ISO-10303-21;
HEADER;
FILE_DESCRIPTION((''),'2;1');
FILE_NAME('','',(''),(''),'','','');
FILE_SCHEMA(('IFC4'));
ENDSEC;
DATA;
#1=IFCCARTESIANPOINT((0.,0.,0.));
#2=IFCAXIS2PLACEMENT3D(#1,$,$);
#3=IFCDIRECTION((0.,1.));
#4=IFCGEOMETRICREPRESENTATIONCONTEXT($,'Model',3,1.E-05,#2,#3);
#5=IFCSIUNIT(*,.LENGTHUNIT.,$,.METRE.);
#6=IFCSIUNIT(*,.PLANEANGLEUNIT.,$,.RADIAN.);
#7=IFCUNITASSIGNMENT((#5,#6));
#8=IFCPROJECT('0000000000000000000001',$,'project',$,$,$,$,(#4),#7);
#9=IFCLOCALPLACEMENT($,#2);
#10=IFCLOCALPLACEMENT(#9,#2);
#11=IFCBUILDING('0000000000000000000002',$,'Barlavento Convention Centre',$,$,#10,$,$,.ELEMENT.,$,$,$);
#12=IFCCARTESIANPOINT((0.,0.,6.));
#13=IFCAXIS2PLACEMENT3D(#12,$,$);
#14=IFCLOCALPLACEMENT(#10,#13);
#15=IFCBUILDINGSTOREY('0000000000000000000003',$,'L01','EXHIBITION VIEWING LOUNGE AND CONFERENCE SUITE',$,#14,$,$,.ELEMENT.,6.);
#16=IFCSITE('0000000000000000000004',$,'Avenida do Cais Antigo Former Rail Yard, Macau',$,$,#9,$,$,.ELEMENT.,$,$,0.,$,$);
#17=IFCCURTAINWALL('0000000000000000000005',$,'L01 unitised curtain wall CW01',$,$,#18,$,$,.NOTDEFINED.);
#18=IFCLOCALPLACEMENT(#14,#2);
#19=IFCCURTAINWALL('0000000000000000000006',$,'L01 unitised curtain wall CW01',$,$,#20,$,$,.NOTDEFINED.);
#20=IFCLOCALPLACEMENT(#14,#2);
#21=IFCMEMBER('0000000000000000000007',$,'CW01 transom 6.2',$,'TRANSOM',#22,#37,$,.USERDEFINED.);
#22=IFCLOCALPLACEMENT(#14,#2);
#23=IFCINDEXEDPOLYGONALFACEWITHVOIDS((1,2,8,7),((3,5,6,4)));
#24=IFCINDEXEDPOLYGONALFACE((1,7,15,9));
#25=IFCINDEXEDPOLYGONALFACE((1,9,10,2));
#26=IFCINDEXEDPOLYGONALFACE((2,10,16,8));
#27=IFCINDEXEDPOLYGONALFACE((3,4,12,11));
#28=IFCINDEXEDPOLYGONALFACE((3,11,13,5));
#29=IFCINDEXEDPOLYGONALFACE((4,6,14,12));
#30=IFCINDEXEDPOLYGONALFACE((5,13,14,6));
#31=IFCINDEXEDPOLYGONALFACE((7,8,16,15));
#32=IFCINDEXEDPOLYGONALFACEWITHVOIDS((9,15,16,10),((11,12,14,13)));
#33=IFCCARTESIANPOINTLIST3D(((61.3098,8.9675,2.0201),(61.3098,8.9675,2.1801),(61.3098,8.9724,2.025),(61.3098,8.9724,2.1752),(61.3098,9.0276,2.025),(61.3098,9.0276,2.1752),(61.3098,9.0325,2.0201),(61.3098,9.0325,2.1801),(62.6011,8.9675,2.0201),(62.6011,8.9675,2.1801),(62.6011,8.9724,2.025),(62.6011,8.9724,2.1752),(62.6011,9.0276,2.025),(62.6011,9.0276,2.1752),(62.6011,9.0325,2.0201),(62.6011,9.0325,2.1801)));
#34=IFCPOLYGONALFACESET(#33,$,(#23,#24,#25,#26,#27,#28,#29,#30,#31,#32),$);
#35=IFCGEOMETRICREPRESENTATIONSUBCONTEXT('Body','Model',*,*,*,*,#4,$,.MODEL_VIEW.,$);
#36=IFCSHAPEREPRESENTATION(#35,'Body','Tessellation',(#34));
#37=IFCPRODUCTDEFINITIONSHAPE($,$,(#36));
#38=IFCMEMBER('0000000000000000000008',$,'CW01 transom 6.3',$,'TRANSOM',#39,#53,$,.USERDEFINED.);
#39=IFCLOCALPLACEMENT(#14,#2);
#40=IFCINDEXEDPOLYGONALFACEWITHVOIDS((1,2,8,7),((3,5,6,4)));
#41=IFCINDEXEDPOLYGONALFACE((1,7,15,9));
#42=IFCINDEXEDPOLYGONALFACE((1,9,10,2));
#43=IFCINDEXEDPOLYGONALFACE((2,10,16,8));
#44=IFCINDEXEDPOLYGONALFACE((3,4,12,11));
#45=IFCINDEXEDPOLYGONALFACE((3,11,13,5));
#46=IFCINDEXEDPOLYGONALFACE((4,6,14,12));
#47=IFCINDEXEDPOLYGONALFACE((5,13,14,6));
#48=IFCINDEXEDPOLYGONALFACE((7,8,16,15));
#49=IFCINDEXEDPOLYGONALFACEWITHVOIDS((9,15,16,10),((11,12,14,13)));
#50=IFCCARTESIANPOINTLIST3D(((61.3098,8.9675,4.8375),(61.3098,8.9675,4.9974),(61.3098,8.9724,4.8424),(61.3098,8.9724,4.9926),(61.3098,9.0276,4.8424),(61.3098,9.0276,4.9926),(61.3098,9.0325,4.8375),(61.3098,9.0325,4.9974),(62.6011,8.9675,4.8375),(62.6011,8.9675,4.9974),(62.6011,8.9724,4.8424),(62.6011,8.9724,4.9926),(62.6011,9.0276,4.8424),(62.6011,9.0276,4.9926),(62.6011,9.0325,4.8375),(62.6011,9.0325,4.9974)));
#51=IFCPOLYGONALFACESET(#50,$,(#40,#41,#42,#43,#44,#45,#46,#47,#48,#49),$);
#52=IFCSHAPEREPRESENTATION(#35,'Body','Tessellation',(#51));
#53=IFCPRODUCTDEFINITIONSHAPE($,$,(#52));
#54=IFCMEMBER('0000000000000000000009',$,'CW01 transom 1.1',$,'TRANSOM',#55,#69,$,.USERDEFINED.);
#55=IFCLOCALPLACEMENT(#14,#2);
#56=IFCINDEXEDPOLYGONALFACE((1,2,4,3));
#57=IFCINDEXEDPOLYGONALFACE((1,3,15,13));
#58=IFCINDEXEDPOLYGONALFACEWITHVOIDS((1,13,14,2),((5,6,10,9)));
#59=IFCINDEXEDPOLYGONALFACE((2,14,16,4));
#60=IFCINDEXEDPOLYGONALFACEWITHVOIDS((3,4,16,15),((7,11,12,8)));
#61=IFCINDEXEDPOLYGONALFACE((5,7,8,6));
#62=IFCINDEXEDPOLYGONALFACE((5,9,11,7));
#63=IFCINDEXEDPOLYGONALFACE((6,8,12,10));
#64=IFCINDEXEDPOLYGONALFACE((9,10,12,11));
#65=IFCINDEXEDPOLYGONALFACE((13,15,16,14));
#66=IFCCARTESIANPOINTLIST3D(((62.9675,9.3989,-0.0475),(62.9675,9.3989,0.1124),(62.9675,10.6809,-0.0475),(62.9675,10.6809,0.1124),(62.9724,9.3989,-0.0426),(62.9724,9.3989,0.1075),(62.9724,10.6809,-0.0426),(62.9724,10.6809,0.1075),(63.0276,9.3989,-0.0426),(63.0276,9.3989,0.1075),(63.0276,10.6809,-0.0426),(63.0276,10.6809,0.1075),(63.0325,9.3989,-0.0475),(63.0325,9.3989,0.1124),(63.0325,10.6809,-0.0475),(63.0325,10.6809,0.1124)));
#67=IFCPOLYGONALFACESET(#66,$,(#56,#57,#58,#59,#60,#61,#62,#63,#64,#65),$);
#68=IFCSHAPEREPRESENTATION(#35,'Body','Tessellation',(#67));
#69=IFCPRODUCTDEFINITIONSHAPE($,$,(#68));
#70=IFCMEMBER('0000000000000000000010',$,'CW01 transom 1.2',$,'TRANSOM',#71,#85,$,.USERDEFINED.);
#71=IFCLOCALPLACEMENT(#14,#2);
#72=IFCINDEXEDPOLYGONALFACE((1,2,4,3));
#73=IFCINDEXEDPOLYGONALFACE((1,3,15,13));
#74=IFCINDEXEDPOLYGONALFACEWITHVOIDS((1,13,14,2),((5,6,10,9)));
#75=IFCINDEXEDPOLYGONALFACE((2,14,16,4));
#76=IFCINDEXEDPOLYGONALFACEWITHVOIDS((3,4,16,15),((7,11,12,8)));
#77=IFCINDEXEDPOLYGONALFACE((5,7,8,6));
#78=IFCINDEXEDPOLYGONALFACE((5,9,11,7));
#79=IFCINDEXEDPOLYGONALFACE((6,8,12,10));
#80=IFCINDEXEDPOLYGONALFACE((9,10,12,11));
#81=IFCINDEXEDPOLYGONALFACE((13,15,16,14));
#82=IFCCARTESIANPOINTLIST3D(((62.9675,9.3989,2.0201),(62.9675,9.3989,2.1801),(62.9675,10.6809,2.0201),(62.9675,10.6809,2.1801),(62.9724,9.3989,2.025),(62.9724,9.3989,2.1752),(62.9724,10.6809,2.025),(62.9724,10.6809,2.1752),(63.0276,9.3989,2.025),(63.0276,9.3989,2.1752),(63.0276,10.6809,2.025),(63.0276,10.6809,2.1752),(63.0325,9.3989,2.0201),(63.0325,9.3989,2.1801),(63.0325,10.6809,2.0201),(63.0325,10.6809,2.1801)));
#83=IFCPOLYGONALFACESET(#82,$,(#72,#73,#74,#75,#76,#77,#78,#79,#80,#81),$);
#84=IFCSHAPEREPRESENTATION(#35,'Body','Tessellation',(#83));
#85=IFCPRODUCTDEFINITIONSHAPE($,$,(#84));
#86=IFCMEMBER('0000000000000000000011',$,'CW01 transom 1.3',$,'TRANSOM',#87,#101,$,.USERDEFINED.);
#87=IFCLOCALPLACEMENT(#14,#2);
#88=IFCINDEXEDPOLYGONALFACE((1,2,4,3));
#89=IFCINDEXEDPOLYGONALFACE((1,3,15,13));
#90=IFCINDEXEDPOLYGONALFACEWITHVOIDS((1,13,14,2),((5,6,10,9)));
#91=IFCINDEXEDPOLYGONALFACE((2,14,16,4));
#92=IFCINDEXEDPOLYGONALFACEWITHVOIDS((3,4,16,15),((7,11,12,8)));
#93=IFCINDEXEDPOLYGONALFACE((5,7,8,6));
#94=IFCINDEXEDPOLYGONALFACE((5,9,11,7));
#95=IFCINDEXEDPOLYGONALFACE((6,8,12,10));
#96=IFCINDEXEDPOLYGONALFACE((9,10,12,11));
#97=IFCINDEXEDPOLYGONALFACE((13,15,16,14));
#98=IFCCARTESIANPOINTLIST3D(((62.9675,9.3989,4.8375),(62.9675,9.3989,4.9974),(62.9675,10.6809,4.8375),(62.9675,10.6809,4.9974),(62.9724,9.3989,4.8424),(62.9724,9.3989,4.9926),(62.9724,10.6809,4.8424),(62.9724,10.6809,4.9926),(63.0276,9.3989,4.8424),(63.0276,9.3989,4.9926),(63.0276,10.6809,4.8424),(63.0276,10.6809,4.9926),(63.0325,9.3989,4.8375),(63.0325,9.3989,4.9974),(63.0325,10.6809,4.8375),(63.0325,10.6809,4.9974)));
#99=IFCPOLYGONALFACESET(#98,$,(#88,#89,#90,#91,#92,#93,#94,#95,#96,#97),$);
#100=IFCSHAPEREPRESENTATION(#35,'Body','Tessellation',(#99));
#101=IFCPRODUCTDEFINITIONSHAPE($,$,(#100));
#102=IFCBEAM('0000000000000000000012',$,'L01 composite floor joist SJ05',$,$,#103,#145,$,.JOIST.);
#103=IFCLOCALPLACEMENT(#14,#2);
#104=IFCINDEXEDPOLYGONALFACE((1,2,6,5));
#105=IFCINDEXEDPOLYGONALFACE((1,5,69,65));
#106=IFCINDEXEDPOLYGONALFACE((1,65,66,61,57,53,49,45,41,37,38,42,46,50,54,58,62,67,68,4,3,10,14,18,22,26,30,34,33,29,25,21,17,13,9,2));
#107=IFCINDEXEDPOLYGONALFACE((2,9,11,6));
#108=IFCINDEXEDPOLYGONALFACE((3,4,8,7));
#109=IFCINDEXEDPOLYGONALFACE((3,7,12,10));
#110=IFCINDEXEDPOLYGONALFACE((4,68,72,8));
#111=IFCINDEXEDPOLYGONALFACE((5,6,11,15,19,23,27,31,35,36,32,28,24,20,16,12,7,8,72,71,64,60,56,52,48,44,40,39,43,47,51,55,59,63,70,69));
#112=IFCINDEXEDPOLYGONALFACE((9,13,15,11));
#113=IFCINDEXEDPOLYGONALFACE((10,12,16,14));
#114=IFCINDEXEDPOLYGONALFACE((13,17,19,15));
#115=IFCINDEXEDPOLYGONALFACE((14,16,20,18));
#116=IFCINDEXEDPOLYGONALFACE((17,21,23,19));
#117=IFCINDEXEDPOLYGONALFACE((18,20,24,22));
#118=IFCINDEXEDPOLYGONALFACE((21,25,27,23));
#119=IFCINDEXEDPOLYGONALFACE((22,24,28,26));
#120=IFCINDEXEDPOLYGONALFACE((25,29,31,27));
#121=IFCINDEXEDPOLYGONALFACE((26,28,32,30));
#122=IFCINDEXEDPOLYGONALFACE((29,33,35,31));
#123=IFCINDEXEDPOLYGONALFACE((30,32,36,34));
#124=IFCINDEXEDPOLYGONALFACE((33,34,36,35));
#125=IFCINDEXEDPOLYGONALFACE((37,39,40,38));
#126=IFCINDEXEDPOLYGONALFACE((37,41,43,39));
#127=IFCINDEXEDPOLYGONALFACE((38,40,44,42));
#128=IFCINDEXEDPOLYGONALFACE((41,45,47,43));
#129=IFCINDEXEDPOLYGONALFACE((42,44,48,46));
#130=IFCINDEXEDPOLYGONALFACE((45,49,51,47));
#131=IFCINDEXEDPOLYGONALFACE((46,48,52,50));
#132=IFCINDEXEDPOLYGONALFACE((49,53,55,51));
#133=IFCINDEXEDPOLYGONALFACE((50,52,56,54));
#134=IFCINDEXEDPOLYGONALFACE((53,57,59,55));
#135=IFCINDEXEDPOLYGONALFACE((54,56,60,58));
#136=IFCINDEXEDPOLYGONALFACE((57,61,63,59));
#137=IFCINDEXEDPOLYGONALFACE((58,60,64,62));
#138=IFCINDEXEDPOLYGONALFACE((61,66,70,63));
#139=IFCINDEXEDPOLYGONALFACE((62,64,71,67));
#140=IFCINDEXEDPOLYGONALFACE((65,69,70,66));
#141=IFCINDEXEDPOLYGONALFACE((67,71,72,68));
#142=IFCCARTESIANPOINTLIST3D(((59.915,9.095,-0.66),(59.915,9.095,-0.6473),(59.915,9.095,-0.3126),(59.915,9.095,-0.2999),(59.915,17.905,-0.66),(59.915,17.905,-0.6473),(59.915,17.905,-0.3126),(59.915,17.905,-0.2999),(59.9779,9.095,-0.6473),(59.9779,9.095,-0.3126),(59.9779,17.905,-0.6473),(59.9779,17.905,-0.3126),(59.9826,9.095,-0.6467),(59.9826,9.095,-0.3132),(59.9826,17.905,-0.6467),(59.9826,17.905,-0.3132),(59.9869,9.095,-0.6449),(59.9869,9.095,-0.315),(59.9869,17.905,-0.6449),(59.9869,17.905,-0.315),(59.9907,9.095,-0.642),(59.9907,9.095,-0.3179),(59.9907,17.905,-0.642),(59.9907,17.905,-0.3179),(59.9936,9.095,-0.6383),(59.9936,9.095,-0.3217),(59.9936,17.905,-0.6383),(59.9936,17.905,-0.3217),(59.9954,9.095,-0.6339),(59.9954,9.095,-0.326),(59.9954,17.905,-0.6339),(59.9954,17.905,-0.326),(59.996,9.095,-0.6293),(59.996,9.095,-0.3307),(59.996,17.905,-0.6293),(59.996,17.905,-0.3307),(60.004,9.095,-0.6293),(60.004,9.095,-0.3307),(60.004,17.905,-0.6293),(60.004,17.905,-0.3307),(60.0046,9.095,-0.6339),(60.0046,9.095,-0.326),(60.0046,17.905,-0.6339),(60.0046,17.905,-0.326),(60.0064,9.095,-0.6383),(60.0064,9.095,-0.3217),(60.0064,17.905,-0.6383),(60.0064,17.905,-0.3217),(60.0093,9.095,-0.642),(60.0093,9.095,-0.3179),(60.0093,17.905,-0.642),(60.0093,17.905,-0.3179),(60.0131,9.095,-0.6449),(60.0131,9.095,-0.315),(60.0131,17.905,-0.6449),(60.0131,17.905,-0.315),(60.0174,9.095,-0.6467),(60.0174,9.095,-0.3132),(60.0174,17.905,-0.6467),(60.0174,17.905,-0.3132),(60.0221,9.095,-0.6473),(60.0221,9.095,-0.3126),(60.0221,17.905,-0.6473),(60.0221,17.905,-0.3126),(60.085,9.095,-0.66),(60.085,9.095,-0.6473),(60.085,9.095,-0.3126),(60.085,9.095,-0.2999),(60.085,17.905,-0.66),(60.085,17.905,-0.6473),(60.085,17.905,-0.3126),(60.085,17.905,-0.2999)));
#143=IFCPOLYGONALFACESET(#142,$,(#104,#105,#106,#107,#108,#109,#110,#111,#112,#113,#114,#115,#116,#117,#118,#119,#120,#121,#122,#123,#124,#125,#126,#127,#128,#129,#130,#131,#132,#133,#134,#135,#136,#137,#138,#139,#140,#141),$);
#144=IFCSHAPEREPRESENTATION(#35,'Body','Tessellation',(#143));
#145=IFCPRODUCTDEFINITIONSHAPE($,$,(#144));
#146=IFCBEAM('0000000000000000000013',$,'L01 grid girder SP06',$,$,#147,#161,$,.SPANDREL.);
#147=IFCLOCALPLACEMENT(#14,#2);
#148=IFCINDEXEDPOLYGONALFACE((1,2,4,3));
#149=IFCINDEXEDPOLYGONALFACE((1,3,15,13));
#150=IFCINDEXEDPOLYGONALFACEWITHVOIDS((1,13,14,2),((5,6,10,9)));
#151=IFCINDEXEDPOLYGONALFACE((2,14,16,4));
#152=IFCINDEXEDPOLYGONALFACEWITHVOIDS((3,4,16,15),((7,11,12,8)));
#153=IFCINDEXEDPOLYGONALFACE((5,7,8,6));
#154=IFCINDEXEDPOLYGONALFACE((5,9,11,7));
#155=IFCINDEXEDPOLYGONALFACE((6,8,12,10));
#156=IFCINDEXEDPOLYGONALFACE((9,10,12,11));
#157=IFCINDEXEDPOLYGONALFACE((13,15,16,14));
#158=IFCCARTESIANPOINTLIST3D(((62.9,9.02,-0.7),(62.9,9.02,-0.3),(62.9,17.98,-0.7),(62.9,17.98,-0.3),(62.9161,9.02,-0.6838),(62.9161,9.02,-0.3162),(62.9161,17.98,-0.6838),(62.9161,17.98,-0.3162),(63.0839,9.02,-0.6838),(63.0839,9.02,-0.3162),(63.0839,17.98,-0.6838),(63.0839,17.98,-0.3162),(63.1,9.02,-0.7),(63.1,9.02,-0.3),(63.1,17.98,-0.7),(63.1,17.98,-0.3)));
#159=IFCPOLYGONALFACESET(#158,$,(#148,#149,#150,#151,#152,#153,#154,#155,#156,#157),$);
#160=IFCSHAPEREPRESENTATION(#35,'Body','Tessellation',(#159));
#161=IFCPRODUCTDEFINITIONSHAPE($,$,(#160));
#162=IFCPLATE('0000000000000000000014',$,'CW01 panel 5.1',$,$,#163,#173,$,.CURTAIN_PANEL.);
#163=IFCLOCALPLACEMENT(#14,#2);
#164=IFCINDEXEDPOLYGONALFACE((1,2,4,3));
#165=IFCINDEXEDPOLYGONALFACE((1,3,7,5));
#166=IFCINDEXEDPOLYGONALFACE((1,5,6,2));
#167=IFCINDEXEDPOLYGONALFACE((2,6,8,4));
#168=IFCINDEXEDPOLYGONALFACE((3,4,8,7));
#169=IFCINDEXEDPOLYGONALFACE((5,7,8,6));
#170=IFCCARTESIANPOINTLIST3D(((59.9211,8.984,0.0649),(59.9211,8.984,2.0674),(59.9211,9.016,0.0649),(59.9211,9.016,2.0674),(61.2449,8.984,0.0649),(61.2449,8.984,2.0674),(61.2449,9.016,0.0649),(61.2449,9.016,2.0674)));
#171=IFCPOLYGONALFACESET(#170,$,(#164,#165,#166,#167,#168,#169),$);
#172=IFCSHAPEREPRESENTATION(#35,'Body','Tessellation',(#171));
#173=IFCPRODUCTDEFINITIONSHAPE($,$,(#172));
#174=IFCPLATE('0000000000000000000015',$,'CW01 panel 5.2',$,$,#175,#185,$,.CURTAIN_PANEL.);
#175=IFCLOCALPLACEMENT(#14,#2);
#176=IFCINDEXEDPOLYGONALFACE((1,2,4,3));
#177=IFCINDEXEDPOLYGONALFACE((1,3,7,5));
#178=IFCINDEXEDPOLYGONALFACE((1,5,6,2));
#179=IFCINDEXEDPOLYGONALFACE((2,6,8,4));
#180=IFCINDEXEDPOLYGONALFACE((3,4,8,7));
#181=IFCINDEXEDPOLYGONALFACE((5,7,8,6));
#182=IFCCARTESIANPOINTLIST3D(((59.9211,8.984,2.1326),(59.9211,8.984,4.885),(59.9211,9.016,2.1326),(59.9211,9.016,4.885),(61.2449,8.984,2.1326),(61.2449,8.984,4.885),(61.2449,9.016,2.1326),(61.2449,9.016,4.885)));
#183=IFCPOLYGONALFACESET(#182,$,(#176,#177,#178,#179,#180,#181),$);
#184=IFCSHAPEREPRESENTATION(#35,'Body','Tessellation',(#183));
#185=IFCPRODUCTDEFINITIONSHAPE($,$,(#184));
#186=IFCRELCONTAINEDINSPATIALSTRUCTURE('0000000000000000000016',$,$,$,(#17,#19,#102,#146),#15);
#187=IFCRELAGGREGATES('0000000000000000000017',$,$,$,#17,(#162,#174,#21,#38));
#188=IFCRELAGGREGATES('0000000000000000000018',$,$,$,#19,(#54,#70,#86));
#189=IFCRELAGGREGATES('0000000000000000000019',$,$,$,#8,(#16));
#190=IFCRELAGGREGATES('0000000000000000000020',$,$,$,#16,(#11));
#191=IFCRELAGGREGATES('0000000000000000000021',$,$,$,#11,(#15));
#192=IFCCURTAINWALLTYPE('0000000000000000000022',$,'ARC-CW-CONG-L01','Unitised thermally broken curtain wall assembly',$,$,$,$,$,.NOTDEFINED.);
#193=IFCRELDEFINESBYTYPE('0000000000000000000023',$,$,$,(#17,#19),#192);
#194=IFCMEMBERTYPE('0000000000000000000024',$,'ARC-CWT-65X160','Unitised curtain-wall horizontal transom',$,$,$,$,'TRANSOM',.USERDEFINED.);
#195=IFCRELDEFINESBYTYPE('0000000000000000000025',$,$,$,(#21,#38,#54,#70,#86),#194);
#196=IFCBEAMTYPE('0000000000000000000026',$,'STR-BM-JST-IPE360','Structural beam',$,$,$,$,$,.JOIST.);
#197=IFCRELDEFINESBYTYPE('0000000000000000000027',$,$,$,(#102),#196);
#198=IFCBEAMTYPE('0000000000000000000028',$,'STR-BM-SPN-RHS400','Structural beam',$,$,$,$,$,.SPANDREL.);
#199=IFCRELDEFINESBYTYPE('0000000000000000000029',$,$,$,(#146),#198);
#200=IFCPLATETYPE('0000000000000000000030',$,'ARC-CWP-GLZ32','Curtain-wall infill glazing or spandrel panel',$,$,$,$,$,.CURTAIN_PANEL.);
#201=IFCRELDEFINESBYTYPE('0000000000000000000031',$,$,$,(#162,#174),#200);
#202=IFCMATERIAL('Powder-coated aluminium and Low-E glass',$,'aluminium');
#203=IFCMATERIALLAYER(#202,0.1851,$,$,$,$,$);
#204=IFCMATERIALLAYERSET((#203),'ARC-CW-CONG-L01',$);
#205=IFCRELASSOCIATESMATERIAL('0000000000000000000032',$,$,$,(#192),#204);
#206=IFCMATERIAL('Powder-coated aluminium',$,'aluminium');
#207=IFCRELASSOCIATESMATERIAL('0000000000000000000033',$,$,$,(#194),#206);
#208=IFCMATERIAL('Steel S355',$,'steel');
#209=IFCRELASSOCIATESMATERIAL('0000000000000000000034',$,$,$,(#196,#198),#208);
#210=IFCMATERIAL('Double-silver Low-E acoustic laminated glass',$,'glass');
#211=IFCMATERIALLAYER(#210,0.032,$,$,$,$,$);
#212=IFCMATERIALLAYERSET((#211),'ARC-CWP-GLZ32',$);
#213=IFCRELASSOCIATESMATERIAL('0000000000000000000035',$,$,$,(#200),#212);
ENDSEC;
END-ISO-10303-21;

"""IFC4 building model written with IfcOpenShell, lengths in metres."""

from ifc_helpers import new_model, si_unit, direction, frame, origin, origin_2d, place, context, subcontext, project, spatial, rectangle, hollow_rectangle, i_section, extrude, material, layer, layer_set, material_profile, profile_set, type_object, element, aggregate, save


model = new_model("IFC4")

# Units and contexts
model_context = context("Model", 3, precision=1e-05, world=origin(), true_north=direction((0.0, 1.0)))
body_context = subcontext(model_context, "Body", "Model", "MODEL_VIEW")
ifc_project = project(units=[si_unit("LENGTHUNIT", "METRE"), si_unit("PLANEANGLEUNIT", "RADIAN")], contexts=[model_context])

# Site, building, storey
site_placement = place(None, origin())
site = spatial("IfcSite", under=ifc_project, at=site_placement, Name="Avenida do Cais Antigo Former Rail Yard, Macau", CompositionType="ELEMENT", RefElevation=0.0)
building_placement = place(site_placement, origin())
building = spatial("IfcBuilding", under=site, at=building_placement, Name="Barlavento Convention Centre", CompositionType="ELEMENT")
storey_placement = place(building_placement, frame((0.0, 0.0, 6.0)))
storey = spatial("IfcBuildingStorey", under=building, at=storey_placement, Name="L01", Description="EXHIBITION VIEWING LOUNGE AND CONFERENCE SUITE", CompositionType="ELEMENT", Elevation=6.0)

# Curtain wall
ifc_material_1 = material(Name="Powder-coated aluminium and Low-E glass", Category="aluminium")
ifc_layer_1 = layer(ifc_material_1, 0.1851)
ifc_layer_set_1 = layer_set([ifc_layer_1], Name="ARC-CW-CONG-L01")
curtain_wall_type = type_object("IfcCurtainWallType", Name="ARC-CW-CONG-L01", Description="Unitised thermally broken curtain wall assembly", PredefinedType="NOTDEFINED", material=ifc_layer_set_1)
curtain_wall_1_placement = place(storey_placement, origin())
curtain_wall_1 = element("IfcCurtainWall", 1, at=curtain_wall_1_placement, inside=storey, type_object=curtain_wall_type, Name="L01 unitised curtain wall CW01", PredefinedType="NOTDEFINED")
ifc_material_2 = material(Name="Powder-coated aluminium", Category="aluminium")

# Curtain wall
curtain_wall_2_placement = place(storey_placement, origin())
curtain_wall_2 = element("IfcCurtainWall", 2, at=curtain_wall_2_placement, inside=storey, type_object=curtain_wall_type, Name="L01 unitised curtain wall CW01", PredefinedType="NOTDEFINED")

# Members
ifc_material_profile_1 = material_profile(ifc_material_2, hollow_rectangle(XDim=0.0649, YDim=0.1599, WallThickness=0.0049, at=origin_2d()), Name="AL-TRAN 65x160x5")
ifc_profile_set_1 = profile_set([ifc_material_profile_1], Name="Powder-coated aluminium")
member_type_1 = type_object("IfcMemberType", Name="ARC-CWT-65X160", Description="Unitised curtain-wall horizontal transom", ElementType="TRANSOM", PredefinedType="USERDEFINED", material=ifc_profile_set_1)
member_1_placement = place(storey_placement, frame((61.3098, 9.0, 2.1001), z_axis=(1.0, 0.0, 0.0), x_axis=(0.0, 1.0, 0.0)))
member_1 = element("IfcMember", 3, at=member_1_placement, type_object=member_type_1, Name="CW01 transom 6.2", ObjectType="TRANSOM", PredefinedType="USERDEFINED", context=body_context, shape_type="SweptSolid", body=[
    extrude(hollow_rectangle(XDim=0.0649, YDim=0.1599, WallThickness=0.0049, at=origin_2d()), origin(), (0.0, 0.0, 1.0), 1.2913),
])
member_2_placement = place(storey_placement, frame((61.3098, 9.0, 4.9175), z_axis=(1.0, 0.0, 0.0), x_axis=(0.0, 1.0, 0.0)))
member_2 = element("IfcMember", 4, at=member_2_placement, type_object=member_type_1, Name="CW01 transom 6.3", ObjectType="TRANSOM", PredefinedType="USERDEFINED", context=body_context, shape_type="SweptSolid", body=[
    extrude(hollow_rectangle(XDim=0.0649, YDim=0.1599, WallThickness=0.0049, at=origin_2d()), origin(), (0.0, 0.0, 1.0), 1.2913),
])
member_3_placement = place(storey_placement, frame((63.0, 9.3989, 0.0325), z_axis=(0.0, 1.0, 0.0), x_axis=(-1.0, 0.0, 0.0)))
member_3 = element("IfcMember", 5, at=member_3_placement, type_object=member_type_1, Name="CW01 transom 1.1", ObjectType="TRANSOM", PredefinedType="USERDEFINED", context=body_context, shape_type="SweptSolid", body=[
    extrude(hollow_rectangle(XDim=0.0649, YDim=0.1599, WallThickness=0.0049, at=origin_2d()), origin(), (0.0, 0.0, 1.0), 1.282),
])
member_4_placement = place(storey_placement, frame((63.0, 9.3989, 2.1001), z_axis=(0.0, 1.0, 0.0), x_axis=(-1.0, 0.0, 0.0)))
member_4 = element("IfcMember", 6, at=member_4_placement, type_object=member_type_1, Name="CW01 transom 1.2", ObjectType="TRANSOM", PredefinedType="USERDEFINED", context=body_context, shape_type="SweptSolid", body=[
    extrude(hollow_rectangle(XDim=0.0649, YDim=0.1599, WallThickness=0.0049, at=origin_2d()), origin(), (0.0, 0.0, 1.0), 1.282),
])
member_5_placement = place(storey_placement, frame((63.0, 9.3989, 4.9175), z_axis=(0.0, 1.0, 0.0), x_axis=(-1.0, 0.0, 0.0)))
member_5 = element("IfcMember", 7, at=member_5_placement, type_object=member_type_1, Name="CW01 transom 1.3", ObjectType="TRANSOM", PredefinedType="USERDEFINED", context=body_context, shape_type="SweptSolid", body=[
    extrude(hollow_rectangle(XDim=0.0649, YDim=0.1599, WallThickness=0.0049, at=origin_2d()), origin(), (0.0, 0.0, 1.0), 1.282),
])

# Beams
ifc_material_3 = material(Name="Steel S355", Category="steel")
ifc_material_profile_2 = material_profile(ifc_material_3, i_section(OverallWidth=0.1699, OverallDepth=0.3601, WebThickness=0.0081, FlangeThickness=0.0127, FilletRadius=0.0181, at=origin_2d()), Name="IPE 360")
ifc_profile_set_2 = profile_set([ifc_material_profile_2], Name="Steel S355")
beam_type_1 = type_object("IfcBeamType", Name="STR-BM-JST-IPE360", Description="Structural beam", PredefinedType="JOIST", material=ifc_profile_set_2)
beam_1_placement = place(storey_placement, frame((60.0, 9.095, -0.48), z_axis=(0.0, 1.0, 0.0), x_axis=(-1.0, 0.0, 0.0)))
element("IfcBeam", 8, at=beam_1_placement, inside=storey, type_object=beam_type_1, Name="L01 composite floor joist SJ05", PredefinedType="JOIST", context=body_context, shape_type="SweptSolid", body=[
    extrude(i_section(OverallWidth=0.1699, OverallDepth=0.3601, WebThickness=0.0081, FlangeThickness=0.0127, FilletRadius=0.0181, at=origin_2d()), origin(), (0.0, 0.0, 1.0), 8.8101),
])
ifc_material_profile_3 = material_profile(ifc_material_3, hollow_rectangle(XDim=0.2, YDim=0.3999, WallThickness=0.0161, at=origin_2d()), Name="RHS 400x200x16.0")
ifc_profile_set_3 = profile_set([ifc_material_profile_3], Name="Steel S355")
beam_type_2 = type_object("IfcBeamType", Name="STR-BM-SPN-RHS400", Description="Structural beam", PredefinedType="SPANDREL", material=ifc_profile_set_3)
beam_2_placement = place(storey_placement, frame((63.0, 9.02, -0.5), z_axis=(0.0, 1.0, 0.0), x_axis=(-1.0, 0.0, 0.0)))
element("IfcBeam", 9, at=beam_2_placement, inside=storey, type_object=beam_type_2, Name="L01 grid girder SP06", PredefinedType="SPANDREL", context=body_context, shape_type="SweptSolid", body=[
    extrude(hollow_rectangle(XDim=0.2, YDim=0.3999, WallThickness=0.0161, at=origin_2d()), origin(), (0.0, 0.0, 1.0), 8.96),
])

# Plates
ifc_material_4 = material(Name="Double-silver Low-E acoustic laminated glass", Category="glass")
ifc_layer_2 = layer(ifc_material_4, 0.032)
ifc_layer_set_2 = layer_set([ifc_layer_2], Name="ARC-CWP-GLZ32")
plate_type_1 = type_object("IfcPlateType", Name="ARC-CWP-GLZ32", Description="Curtain-wall infill glazing or spandrel panel", PredefinedType="CURTAIN_PANEL", material=ifc_layer_set_2)
plate_1_placement = place(storey_placement, frame((60.583, 9.0, 0.0649), z_axis=(0.0, 0.0, 1.0), x_axis=(1.0, 0.0, 0.0)))
plate_1 = element("IfcPlate", 10, at=plate_1_placement, type_object=plate_type_1, Name="CW01 panel 5.1", PredefinedType="CURTAIN_PANEL", context=body_context, shape_type="SweptSolid", body=[
    extrude(rectangle(XDim=1.3237, YDim=0.032, at=origin_2d()), origin(), (0.0, 0.0, 1.0), 2.0024),
])
plate_2_placement = place(storey_placement, frame((60.583, 9.0, 2.1326), z_axis=(0.0, 0.0, 1.0), x_axis=(1.0, 0.0, 0.0)))
plate_2 = element("IfcPlate", 11, at=plate_2_placement, type_object=plate_type_1, Name="CW01 panel 5.2", PredefinedType="CURTAIN_PANEL", context=body_context, shape_type="SweptSolid", body=[
    extrude(rectangle(XDim=1.3237, YDim=0.032, at=origin_2d()), origin(), (0.0, 0.0, 1.0), 2.7524),
])
aggregate(curtain_wall_1, [plate_1, plate_2, member_1, member_2])
aggregate(curtain_wall_2, [member_3, member_4, member_5])

save(model, "model.ifc")
